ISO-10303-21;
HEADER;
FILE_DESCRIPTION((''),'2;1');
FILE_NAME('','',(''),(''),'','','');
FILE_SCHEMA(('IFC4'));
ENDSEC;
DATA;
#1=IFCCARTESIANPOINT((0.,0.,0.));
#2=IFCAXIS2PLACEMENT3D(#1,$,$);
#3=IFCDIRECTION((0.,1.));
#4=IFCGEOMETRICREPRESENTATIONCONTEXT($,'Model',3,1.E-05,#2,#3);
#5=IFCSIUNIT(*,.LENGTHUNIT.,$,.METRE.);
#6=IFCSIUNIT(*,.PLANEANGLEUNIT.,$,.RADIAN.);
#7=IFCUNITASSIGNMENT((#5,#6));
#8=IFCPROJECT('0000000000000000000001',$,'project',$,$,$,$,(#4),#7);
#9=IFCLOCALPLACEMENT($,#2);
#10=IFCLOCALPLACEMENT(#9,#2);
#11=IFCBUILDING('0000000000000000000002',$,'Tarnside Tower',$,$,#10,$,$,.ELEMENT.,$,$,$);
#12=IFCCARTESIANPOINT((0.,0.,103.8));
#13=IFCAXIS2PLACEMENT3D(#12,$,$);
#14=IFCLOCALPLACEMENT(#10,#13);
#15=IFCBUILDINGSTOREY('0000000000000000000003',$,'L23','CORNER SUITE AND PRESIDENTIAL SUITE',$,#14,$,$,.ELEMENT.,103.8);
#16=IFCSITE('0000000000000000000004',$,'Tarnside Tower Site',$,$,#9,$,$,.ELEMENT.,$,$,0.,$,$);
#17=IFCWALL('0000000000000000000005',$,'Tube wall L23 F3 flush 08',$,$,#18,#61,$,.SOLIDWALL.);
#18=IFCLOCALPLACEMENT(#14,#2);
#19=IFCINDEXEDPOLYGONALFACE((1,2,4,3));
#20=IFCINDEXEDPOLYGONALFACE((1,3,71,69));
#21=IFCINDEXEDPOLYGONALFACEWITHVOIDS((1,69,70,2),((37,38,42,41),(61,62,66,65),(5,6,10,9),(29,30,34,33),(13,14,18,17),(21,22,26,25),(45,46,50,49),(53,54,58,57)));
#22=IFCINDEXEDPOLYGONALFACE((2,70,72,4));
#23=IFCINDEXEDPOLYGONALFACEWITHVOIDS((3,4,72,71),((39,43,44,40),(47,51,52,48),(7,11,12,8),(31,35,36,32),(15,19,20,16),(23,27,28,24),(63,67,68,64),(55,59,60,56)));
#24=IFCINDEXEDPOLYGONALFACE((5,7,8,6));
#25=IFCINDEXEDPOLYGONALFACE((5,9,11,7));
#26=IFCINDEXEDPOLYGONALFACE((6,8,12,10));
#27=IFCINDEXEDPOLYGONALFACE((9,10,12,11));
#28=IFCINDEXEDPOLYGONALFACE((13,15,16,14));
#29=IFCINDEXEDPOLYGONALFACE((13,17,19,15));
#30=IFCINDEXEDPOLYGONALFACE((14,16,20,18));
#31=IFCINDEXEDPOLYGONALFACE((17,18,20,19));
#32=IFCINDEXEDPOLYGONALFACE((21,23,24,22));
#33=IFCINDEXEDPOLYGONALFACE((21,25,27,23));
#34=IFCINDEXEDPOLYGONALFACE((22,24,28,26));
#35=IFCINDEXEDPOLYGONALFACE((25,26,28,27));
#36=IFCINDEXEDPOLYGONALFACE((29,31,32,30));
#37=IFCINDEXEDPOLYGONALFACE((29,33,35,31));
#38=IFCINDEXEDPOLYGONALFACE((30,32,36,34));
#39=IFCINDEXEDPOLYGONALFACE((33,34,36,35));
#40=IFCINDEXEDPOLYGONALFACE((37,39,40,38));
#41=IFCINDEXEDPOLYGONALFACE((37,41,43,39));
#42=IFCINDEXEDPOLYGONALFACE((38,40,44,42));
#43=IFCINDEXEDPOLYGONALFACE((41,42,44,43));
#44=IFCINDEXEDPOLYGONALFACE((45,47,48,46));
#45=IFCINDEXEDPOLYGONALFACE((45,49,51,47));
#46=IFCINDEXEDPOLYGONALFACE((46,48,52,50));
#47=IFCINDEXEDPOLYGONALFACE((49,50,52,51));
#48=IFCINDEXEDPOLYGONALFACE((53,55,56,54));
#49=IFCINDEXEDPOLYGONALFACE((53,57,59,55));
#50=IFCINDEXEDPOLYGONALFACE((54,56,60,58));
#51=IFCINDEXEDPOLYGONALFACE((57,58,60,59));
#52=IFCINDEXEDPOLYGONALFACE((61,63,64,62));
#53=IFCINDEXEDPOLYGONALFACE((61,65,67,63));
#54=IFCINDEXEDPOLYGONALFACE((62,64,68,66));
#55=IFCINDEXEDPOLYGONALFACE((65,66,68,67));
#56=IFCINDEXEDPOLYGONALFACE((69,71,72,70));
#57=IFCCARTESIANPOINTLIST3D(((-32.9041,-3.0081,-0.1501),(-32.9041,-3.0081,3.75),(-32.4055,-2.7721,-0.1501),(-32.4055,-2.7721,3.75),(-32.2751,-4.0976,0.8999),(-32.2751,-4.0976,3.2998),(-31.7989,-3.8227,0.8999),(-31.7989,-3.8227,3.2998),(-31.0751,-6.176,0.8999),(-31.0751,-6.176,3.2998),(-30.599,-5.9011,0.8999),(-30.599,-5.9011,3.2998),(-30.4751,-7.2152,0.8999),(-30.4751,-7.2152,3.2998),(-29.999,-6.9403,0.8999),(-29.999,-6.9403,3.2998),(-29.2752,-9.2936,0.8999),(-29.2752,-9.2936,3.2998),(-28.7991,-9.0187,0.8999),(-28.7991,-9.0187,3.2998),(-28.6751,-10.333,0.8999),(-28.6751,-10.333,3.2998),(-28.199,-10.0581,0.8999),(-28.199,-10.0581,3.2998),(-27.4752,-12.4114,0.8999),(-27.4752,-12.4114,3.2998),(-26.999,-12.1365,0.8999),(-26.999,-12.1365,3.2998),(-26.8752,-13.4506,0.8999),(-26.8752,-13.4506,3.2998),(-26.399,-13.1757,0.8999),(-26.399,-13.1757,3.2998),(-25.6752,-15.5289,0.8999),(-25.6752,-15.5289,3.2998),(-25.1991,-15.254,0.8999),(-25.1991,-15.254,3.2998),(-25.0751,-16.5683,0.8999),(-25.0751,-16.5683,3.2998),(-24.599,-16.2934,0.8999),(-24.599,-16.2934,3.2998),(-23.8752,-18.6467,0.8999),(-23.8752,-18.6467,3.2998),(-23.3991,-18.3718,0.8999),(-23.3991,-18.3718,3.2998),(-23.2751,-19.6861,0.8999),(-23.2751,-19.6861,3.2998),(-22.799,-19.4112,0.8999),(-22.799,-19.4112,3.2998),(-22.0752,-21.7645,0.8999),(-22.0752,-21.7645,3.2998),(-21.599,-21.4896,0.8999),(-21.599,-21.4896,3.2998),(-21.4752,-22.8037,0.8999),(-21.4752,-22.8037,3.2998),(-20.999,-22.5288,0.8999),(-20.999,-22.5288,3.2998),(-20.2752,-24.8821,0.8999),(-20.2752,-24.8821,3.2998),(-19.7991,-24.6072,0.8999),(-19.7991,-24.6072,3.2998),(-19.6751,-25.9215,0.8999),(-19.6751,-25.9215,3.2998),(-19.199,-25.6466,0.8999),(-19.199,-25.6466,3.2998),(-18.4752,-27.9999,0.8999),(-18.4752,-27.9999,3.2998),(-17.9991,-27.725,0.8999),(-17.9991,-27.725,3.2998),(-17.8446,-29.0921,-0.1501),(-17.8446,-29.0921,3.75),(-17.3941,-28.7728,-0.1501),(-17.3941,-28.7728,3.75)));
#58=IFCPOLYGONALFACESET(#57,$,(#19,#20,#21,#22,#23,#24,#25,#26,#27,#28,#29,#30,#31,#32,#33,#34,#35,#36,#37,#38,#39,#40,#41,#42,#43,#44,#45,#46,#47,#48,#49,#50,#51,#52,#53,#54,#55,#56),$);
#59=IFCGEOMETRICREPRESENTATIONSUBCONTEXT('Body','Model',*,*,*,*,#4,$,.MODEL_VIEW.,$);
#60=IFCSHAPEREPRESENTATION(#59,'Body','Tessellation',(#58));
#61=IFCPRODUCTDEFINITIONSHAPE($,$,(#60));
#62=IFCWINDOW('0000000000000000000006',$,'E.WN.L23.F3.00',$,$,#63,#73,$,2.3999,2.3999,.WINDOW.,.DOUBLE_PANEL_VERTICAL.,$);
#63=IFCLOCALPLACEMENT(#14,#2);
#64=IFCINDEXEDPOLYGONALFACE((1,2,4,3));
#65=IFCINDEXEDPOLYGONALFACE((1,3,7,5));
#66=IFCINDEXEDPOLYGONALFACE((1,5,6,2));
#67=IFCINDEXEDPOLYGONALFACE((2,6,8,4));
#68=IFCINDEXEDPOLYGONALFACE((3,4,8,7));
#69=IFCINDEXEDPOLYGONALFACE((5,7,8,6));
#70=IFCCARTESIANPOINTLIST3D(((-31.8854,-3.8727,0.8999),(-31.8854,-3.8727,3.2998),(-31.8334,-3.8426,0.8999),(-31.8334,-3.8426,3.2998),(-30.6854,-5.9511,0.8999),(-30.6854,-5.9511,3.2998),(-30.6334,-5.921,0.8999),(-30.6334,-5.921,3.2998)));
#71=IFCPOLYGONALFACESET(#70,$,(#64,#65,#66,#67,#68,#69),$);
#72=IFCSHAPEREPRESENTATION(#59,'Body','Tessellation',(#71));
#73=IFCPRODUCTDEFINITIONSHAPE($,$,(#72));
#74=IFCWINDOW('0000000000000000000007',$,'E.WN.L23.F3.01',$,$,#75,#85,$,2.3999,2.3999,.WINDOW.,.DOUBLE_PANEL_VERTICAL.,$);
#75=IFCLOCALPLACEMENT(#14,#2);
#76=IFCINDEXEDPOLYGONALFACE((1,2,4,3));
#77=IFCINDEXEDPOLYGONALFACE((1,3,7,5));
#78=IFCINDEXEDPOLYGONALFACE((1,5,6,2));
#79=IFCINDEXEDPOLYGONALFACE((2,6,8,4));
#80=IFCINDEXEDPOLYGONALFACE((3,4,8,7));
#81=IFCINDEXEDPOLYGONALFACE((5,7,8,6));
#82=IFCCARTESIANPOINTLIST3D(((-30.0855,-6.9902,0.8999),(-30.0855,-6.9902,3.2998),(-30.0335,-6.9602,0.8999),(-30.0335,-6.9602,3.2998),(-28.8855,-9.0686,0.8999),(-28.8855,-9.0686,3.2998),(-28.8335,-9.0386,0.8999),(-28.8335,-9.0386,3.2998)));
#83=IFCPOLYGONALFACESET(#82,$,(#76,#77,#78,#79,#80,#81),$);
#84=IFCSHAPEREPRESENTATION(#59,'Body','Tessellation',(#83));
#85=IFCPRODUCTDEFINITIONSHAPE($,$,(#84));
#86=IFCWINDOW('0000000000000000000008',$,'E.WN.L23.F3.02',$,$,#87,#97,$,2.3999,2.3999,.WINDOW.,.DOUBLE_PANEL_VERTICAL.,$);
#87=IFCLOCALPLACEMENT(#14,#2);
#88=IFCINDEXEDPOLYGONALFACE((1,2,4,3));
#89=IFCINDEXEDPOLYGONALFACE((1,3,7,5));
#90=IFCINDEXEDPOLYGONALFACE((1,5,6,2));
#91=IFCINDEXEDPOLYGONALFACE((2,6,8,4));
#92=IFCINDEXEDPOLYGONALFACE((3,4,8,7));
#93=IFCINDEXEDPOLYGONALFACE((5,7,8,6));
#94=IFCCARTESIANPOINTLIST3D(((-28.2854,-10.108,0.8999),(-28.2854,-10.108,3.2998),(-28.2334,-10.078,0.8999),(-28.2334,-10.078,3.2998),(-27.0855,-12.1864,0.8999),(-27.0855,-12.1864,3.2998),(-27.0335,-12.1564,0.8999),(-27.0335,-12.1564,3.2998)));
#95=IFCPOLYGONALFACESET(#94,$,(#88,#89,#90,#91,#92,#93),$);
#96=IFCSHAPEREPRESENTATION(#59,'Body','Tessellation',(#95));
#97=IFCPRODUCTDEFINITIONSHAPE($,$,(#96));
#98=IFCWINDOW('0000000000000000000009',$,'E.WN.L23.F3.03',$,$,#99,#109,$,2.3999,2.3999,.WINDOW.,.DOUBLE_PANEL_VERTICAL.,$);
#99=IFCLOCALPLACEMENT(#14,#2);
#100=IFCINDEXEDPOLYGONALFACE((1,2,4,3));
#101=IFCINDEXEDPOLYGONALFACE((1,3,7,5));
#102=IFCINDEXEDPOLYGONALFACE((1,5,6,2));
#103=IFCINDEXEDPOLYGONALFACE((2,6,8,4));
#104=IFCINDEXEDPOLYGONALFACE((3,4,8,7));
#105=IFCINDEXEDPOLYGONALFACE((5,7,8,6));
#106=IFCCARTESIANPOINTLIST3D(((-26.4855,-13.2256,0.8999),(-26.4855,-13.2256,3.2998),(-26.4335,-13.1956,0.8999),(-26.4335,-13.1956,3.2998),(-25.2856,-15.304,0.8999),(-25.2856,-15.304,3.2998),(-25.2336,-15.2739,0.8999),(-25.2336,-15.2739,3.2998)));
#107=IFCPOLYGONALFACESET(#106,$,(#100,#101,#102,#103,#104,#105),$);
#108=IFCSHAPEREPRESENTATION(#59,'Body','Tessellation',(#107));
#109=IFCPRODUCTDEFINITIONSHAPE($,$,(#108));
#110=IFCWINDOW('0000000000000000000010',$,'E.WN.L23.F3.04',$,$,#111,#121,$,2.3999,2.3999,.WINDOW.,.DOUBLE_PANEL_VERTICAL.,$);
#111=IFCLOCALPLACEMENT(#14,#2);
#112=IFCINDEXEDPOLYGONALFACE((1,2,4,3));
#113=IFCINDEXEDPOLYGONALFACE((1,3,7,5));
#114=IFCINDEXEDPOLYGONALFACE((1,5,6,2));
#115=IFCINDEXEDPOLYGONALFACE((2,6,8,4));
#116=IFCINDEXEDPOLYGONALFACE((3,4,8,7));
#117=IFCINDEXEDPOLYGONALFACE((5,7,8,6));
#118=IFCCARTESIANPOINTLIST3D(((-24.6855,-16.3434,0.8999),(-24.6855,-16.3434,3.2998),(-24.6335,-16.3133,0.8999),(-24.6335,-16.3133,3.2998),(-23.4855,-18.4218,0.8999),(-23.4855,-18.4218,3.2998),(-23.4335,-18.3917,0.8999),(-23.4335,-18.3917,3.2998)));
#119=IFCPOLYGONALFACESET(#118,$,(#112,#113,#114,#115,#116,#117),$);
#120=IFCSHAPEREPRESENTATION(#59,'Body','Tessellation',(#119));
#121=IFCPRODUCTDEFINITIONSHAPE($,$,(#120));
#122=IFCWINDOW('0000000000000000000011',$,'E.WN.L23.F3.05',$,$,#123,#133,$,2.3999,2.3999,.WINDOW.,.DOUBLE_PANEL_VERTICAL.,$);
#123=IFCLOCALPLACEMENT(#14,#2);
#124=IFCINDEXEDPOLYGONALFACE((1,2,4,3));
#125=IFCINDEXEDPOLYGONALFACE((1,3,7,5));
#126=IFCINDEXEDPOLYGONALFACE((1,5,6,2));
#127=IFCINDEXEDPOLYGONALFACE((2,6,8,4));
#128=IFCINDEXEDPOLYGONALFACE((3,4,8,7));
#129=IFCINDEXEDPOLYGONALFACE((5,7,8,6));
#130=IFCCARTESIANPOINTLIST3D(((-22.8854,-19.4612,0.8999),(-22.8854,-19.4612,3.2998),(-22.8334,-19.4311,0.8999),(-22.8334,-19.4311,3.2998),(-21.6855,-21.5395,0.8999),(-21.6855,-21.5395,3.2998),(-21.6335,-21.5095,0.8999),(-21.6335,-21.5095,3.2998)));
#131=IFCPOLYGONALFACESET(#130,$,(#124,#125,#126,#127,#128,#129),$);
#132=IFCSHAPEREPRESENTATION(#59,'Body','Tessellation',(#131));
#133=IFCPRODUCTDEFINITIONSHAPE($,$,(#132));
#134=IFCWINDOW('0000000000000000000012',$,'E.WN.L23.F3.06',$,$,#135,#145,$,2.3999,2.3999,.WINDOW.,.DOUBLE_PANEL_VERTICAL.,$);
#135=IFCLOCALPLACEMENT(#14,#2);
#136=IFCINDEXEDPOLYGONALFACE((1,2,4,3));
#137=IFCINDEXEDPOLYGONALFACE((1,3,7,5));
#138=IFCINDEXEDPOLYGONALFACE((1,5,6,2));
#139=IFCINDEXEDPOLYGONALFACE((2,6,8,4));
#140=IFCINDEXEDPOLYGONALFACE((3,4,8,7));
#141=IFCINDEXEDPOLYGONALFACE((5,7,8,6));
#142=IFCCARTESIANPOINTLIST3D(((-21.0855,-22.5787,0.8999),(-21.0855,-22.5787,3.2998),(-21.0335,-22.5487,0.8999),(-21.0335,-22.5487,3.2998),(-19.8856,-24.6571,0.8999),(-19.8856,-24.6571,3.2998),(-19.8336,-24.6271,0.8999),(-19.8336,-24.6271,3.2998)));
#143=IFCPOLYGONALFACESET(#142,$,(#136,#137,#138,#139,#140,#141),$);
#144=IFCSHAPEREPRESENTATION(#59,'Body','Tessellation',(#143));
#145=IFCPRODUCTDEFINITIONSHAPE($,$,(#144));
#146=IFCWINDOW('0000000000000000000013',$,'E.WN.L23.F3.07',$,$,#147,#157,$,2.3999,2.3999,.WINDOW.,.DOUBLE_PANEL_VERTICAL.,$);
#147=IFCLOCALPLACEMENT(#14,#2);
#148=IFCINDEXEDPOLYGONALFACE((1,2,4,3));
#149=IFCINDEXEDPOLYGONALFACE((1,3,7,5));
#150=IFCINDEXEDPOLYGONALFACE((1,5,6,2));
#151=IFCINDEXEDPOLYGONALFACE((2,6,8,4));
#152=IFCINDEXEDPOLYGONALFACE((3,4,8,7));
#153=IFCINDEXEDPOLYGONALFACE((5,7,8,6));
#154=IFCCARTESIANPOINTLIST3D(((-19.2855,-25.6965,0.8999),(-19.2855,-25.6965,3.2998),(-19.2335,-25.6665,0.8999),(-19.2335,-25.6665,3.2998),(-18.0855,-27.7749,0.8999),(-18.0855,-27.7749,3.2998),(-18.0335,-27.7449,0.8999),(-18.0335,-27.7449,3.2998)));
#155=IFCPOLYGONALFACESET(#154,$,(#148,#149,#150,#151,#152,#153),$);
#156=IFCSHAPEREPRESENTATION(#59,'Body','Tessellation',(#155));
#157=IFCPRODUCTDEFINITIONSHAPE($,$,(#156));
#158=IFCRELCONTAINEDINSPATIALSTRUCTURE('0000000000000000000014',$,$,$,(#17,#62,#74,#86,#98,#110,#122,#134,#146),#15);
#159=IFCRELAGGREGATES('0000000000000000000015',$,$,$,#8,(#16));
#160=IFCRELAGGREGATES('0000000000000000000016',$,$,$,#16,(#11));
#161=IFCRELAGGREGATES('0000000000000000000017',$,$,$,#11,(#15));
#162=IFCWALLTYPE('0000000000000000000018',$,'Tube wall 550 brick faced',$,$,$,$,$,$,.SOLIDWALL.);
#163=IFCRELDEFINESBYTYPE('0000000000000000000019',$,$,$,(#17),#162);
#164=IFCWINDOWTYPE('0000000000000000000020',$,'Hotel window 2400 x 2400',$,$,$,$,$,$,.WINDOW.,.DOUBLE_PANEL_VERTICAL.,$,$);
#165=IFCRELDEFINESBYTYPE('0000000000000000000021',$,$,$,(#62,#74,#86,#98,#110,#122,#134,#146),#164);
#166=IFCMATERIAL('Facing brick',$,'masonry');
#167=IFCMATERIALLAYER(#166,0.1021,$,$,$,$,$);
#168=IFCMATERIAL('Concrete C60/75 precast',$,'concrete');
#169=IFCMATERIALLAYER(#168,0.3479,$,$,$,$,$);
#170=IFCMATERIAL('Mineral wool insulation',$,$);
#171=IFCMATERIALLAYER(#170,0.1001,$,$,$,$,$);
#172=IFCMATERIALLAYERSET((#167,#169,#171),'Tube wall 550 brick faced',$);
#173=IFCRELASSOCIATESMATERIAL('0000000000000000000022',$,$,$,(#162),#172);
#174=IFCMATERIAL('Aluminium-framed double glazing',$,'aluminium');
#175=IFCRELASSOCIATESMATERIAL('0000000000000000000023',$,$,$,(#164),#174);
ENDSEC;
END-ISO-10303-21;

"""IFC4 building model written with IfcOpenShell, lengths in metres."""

from ifc_helpers import new_model, si_unit, direction, frame, frame_2d, origin, place, context, subcontext, project, spatial, polyline, rectangle, outline, extrude, material, layer, layer_set, type_object, element, fill, save


model = new_model("IFC4")

# Units and contexts
model_context = context("Model", 3, precision=1e-05, world=origin(), true_north=direction((0.0, 1.0)))
body_context = subcontext(model_context, "Body", "Model", "MODEL_VIEW")
ifc_project = project(units=[si_unit("LENGTHUNIT", "METRE"), si_unit("PLANEANGLEUNIT", "RADIAN")], contexts=[model_context])

# Site, building, storey
site_placement = place(None, origin())
site = spatial("IfcSite", under=ifc_project, at=site_placement, Name="Tarnside Tower Site", CompositionType="ELEMENT", RefElevation=0.0)
building_placement = place(site_placement, origin())
building = spatial("IfcBuilding", under=site, at=building_placement, Name="Tarnside Tower", CompositionType="ELEMENT")
storey_placement = place(building_placement, frame((0.0, 0.0, 103.8)))
storey = spatial("IfcBuildingStorey", under=building, at=storey_placement, Name="L23", Description="CORNER SUITE AND PRESIDENTIAL SUITE", CompositionType="ELEMENT", Elevation=103.8)

# Shared definitions
ifc_material_1 = material(Name="Facing brick", Category="masonry")
ifc_layer_1 = layer(ifc_material_1, 0.1021)
ifc_material_2 = material(Name="Concrete C60/75 precast", Category="concrete")
ifc_layer_2 = layer(ifc_material_2, 0.3479)
ifc_material_3 = material(Name="Mineral wool insulation")
ifc_layer_3 = layer(ifc_material_3, 0.1001)
ifc_layer_set_1 = layer_set([ifc_layer_1, ifc_layer_2, ifc_layer_3], Name="Tube wall 550 brick faced")
wall_type_1 = type_object("IfcWallType", Name="Tube wall 550 brick faced", PredefinedType="SOLIDWALL", material=ifc_layer_set_1)

# Wall, openings, windows
wall_1_placement = place(storey_placement, frame((-32.6548, -2.8901, -0.1501), z_axis=(0.0, 0.0, 1.0), x_axis=(0.499998, -0.866027, 0.0)))
wall_1 = element("IfcWall", 1, at=wall_1_placement, inside=storey, type_object=wall_type_1, Name="Tube wall L23 F3 flush 08", PredefinedType="SOLIDWALL", context=body_context, shape_type="SweptSolid", body=[
    extrude(outline(polyline([(-0.0225, -0.2749), (30.0967, -0.2749), (30.0454, 0.2749), (0.0225, 0.2749), (-0.0225, -0.2749)])), origin(), (0.0, 0.0, 1.0), 3.9001),
])
opening_1_placement = place(wall_1_placement, frame((1.2356, 0.0, 1.05)))
opening_1 = element("IfcOpeningElement", 2, at=opening_1_placement, cuts=wall_1, PredefinedType="OPENING", context=body_context, shape_type="SweptSolid", body=[
    extrude(rectangle(XDim=2.3999, YDim=2.3999, at=frame_2d((1.2, 1.2))), frame((0.0, 0.2852, 0.0), z_axis=(0.0, -1.0, 0.0), x_axis=(1.0, 0.0, 0.0)), (0.0, 0.0, 1.0), 0.5701),
])
opening_2_placement = place(wall_1_placement, frame((4.8354, 0.0, 1.05)))
opening_2 = element("IfcOpeningElement", 3, at=opening_2_placement, cuts=wall_1, PredefinedType="OPENING", context=body_context, shape_type="SweptSolid", body=[
    extrude(rectangle(XDim=2.3999, YDim=2.3999, at=frame_2d((1.2, 1.2))), frame((0.0, 0.2852, 0.0), z_axis=(0.0, -1.0, 0.0), x_axis=(1.0, 0.0, 0.0)), (0.0, 0.0, 1.0), 0.5701),
])
opening_3_placement = place(wall_1_placement, frame((8.4355, 0.0, 1.05)))
opening_3 = element("IfcOpeningElement", 4, at=opening_3_placement, cuts=wall_1, PredefinedType="OPENING", context=body_context, shape_type="SweptSolid", body=[
    extrude(rectangle(XDim=2.3999, YDim=2.3999, at=frame_2d((1.2, 1.2))), frame((0.0, 0.2852, 0.0), z_axis=(0.0, -1.0, 0.0), x_axis=(1.0, 0.0, 0.0)), (0.0, 0.0, 1.0), 0.5701),
])
opening_4_placement = place(wall_1_placement, frame((12.0354, 0.0, 1.05)))
opening_4 = element("IfcOpeningElement", 5, at=opening_4_placement, cuts=wall_1, PredefinedType="OPENING", context=body_context, shape_type="SweptSolid", body=[
    extrude(rectangle(XDim=2.3999, YDim=2.3999, at=frame_2d((1.2, 1.2))), frame((0.0, 0.2852, 0.0), z_axis=(0.0, -1.0, 0.0), x_axis=(1.0, 0.0, 0.0)), (0.0, 0.0, 1.0), 0.5701),
])
opening_5_placement = place(wall_1_placement, frame((15.6355, 0.0, 1.05)))
opening_5 = element("IfcOpeningElement", 6, at=opening_5_placement, cuts=wall_1, PredefinedType="OPENING", context=body_context, shape_type="SweptSolid", body=[
    extrude(rectangle(XDim=2.3999, YDim=2.3999, at=frame_2d((1.2, 1.2))), frame((0.0, 0.2852, 0.0), z_axis=(0.0, -1.0, 0.0), x_axis=(1.0, 0.0, 0.0)), (0.0, 0.0, 1.0), 0.5701),
])
opening_6_placement = place(wall_1_placement, frame((19.2356, 0.0, 1.05)))
opening_6 = element("IfcOpeningElement", 7, at=opening_6_placement, cuts=wall_1, PredefinedType="OPENING", context=body_context, shape_type="SweptSolid", body=[
    extrude(rectangle(XDim=2.3999, YDim=2.3999, at=frame_2d((1.2, 1.2))), frame((0.0, 0.2852, 0.0), z_axis=(0.0, -1.0, 0.0), x_axis=(1.0, 0.0, 0.0)), (0.0, 0.0, 1.0), 0.5701),
])
opening_7_placement = place(wall_1_placement, frame((22.8354, 0.0, 1.05)))
opening_7 = element("IfcOpeningElement", 8, at=opening_7_placement, cuts=wall_1, PredefinedType="OPENING", context=body_context, shape_type="SweptSolid", body=[
    extrude(rectangle(XDim=2.3999, YDim=2.3999, at=frame_2d((1.2, 1.2))), frame((0.0, 0.2852, 0.0), z_axis=(0.0, -1.0, 0.0), x_axis=(1.0, 0.0, 0.0)), (0.0, 0.0, 1.0), 0.5701),
])
opening_8_placement = place(wall_1_placement, frame((26.4355, 0.0, 1.05)))
opening_8 = element("IfcOpeningElement", 9, at=opening_8_placement, cuts=wall_1, PredefinedType="OPENING", context=body_context, shape_type="SweptSolid", body=[
    extrude(rectangle(XDim=2.3999, YDim=2.3999, at=frame_2d((1.2, 1.2))), frame((0.0, 0.2852, 0.0), z_axis=(0.0, -1.0, 0.0), x_axis=(1.0, 0.0, 0.0)), (0.0, 0.0, 1.0), 0.5701),
])
ifc_material_4 = material(Name="Aluminium-framed double glazing", Category="aluminium")
window_type = type_object("IfcWindowType", Name="Hotel window 2400 x 2400", PartitioningType="DOUBLE_PANEL_VERTICAL", PredefinedType="WINDOW", material=ifc_material_4)
window_1_placement = place(opening_1_placement, frame((0.0, 0.2051, 0.0)))
window_1 = element("IfcWindow", 10, at=window_1_placement, inside=storey, type_object=window_type, Name="E.WN.L23.F3.00", OverallHeight=2.3999, OverallWidth=2.3999, PartitioningType="DOUBLE_PANEL_VERTICAL", PredefinedType="WINDOW", context=body_context, shape_type="SweptSolid", body=[
    extrude(rectangle(XDim=2.3999, YDim=2.3999, at=frame_2d((1.2, 1.2))), frame((0.0, 0.03, 0.0), z_axis=(0.0, -1.0, 0.0), x_axis=(1.0, 0.0, 0.0)), (0.0, 0.0, 1.0), 0.0601),
])
fill(opening_1, window_1)
window_2_placement = place(opening_2_placement, frame((0.0, 0.2051, 0.0)))
window_2 = element("IfcWindow", 11, at=window_2_placement, inside=storey, type_object=window_type, Name="E.WN.L23.F3.01", OverallHeight=2.3999, OverallWidth=2.3999, PartitioningType="DOUBLE_PANEL_VERTICAL", PredefinedType="WINDOW", context=body_context, shape_type="SweptSolid", body=[
    extrude(rectangle(XDim=2.3999, YDim=2.3999, at=frame_2d((1.2, 1.2))), frame((0.0, 0.03, 0.0), z_axis=(0.0, -1.0, 0.0), x_axis=(1.0, 0.0, 0.0)), (0.0, 0.0, 1.0), 0.0601),
])
fill(opening_2, window_2)
window_3_placement = place(opening_3_placement, frame((0.0, 0.2051, 0.0)))
window_3 = element("IfcWindow", 12, at=window_3_placement, inside=storey, type_object=window_type, Name="E.WN.L23.F3.02", OverallHeight=2.3999, OverallWidth=2.3999, PartitioningType="DOUBLE_PANEL_VERTICAL", PredefinedType="WINDOW", context=body_context, shape_type="SweptSolid", body=[
    extrude(rectangle(XDim=2.3999, YDim=2.3999, at=frame_2d((1.2, 1.2))), frame((0.0, 0.03, 0.0), z_axis=(0.0, -1.0, 0.0), x_axis=(1.0, 0.0, 0.0)), (0.0, 0.0, 1.0), 0.0601),
])
fill(opening_3, window_3)
window_4_placement = place(opening_4_placement, frame((0.0, 0.2051, 0.0)))
window_4 = element("IfcWindow", 13, at=window_4_placement, inside=storey, type_object=window_type, Name="E.WN.L23.F3.03", OverallHeight=2.3999, OverallWidth=2.3999, PartitioningType="DOUBLE_PANEL_VERTICAL", PredefinedType="WINDOW", context=body_context, shape_type="SweptSolid", body=[
    extrude(rectangle(XDim=2.3999, YDim=2.3999, at=frame_2d((1.2, 1.2))), frame((0.0, 0.03, 0.0), z_axis=(0.0, -1.0, 0.0), x_axis=(1.0, 0.0, 0.0)), (0.0, 0.0, 1.0), 0.0601),
])
fill(opening_4, window_4)
window_5_placement = place(opening_5_placement, frame((0.0, 0.2051, 0.0)))
window_5 = element("IfcWindow", 14, at=window_5_placement, inside=storey, type_object=window_type, Name="E.WN.L23.F3.04", OverallHeight=2.3999, OverallWidth=2.3999, PartitioningType="DOUBLE_PANEL_VERTICAL", PredefinedType="WINDOW", context=body_context, shape_type="SweptSolid", body=[
    extrude(rectangle(XDim=2.3999, YDim=2.3999, at=frame_2d((1.2, 1.2))), frame((0.0, 0.03, 0.0), z_axis=(0.0, -1.0, 0.0), x_axis=(1.0, 0.0, 0.0)), (0.0, 0.0, 1.0), 0.0601),
])
fill(opening_5, window_5)
window_6_placement = place(opening_6_placement, frame((0.0, 0.2051, 0.0)))
window_6 = element("IfcWindow", 15, at=window_6_placement, inside=storey, type_object=window_type, Name="E.WN.L23.F3.05", OverallHeight=2.3999, OverallWidth=2.3999, PartitioningType="DOUBLE_PANEL_VERTICAL", PredefinedType="WINDOW", context=body_context, shape_type="SweptSolid", body=[
    extrude(rectangle(XDim=2.3999, YDim=2.3999, at=frame_2d((1.2, 1.2))), frame((0.0, 0.03, 0.0), z_axis=(0.0, -1.0, 0.0), x_axis=(1.0, 0.0, 0.0)), (0.0, 0.0, 1.0), 0.0601),
])
fill(opening_6, window_6)
window_7_placement = place(opening_7_placement, frame((0.0, 0.2051, 0.0)))
window_7 = element("IfcWindow", 16, at=window_7_placement, inside=storey, type_object=window_type, Name="E.WN.L23.F3.06", OverallHeight=2.3999, OverallWidth=2.3999, PartitioningType="DOUBLE_PANEL_VERTICAL", PredefinedType="WINDOW", context=body_context, shape_type="SweptSolid", body=[
    extrude(rectangle(XDim=2.3999, YDim=2.3999, at=frame_2d((1.2, 1.2))), frame((0.0, 0.03, 0.0), z_axis=(0.0, -1.0, 0.0), x_axis=(1.0, 0.0, 0.0)), (0.0, 0.0, 1.0), 0.0601),
])
fill(opening_7, window_7)
window_8_placement = place(opening_8_placement, frame((0.0, 0.2051, 0.0)))
window_8 = element("IfcWindow", 17, at=window_8_placement, inside=storey, type_object=window_type, Name="E.WN.L23.F3.07", OverallHeight=2.3999, OverallWidth=2.3999, PartitioningType="DOUBLE_PANEL_VERTICAL", PredefinedType="WINDOW", context=body_context, shape_type="SweptSolid", body=[
    extrude(rectangle(XDim=2.3999, YDim=2.3999, at=frame_2d((1.2, 1.2))), frame((0.0, 0.03, 0.0), z_axis=(0.0, -1.0, 0.0), x_axis=(1.0, 0.0, 0.0)), (0.0, 0.0, 1.0), 0.0601),
])
fill(opening_8, window_8)

save(model, "model.ifc")
